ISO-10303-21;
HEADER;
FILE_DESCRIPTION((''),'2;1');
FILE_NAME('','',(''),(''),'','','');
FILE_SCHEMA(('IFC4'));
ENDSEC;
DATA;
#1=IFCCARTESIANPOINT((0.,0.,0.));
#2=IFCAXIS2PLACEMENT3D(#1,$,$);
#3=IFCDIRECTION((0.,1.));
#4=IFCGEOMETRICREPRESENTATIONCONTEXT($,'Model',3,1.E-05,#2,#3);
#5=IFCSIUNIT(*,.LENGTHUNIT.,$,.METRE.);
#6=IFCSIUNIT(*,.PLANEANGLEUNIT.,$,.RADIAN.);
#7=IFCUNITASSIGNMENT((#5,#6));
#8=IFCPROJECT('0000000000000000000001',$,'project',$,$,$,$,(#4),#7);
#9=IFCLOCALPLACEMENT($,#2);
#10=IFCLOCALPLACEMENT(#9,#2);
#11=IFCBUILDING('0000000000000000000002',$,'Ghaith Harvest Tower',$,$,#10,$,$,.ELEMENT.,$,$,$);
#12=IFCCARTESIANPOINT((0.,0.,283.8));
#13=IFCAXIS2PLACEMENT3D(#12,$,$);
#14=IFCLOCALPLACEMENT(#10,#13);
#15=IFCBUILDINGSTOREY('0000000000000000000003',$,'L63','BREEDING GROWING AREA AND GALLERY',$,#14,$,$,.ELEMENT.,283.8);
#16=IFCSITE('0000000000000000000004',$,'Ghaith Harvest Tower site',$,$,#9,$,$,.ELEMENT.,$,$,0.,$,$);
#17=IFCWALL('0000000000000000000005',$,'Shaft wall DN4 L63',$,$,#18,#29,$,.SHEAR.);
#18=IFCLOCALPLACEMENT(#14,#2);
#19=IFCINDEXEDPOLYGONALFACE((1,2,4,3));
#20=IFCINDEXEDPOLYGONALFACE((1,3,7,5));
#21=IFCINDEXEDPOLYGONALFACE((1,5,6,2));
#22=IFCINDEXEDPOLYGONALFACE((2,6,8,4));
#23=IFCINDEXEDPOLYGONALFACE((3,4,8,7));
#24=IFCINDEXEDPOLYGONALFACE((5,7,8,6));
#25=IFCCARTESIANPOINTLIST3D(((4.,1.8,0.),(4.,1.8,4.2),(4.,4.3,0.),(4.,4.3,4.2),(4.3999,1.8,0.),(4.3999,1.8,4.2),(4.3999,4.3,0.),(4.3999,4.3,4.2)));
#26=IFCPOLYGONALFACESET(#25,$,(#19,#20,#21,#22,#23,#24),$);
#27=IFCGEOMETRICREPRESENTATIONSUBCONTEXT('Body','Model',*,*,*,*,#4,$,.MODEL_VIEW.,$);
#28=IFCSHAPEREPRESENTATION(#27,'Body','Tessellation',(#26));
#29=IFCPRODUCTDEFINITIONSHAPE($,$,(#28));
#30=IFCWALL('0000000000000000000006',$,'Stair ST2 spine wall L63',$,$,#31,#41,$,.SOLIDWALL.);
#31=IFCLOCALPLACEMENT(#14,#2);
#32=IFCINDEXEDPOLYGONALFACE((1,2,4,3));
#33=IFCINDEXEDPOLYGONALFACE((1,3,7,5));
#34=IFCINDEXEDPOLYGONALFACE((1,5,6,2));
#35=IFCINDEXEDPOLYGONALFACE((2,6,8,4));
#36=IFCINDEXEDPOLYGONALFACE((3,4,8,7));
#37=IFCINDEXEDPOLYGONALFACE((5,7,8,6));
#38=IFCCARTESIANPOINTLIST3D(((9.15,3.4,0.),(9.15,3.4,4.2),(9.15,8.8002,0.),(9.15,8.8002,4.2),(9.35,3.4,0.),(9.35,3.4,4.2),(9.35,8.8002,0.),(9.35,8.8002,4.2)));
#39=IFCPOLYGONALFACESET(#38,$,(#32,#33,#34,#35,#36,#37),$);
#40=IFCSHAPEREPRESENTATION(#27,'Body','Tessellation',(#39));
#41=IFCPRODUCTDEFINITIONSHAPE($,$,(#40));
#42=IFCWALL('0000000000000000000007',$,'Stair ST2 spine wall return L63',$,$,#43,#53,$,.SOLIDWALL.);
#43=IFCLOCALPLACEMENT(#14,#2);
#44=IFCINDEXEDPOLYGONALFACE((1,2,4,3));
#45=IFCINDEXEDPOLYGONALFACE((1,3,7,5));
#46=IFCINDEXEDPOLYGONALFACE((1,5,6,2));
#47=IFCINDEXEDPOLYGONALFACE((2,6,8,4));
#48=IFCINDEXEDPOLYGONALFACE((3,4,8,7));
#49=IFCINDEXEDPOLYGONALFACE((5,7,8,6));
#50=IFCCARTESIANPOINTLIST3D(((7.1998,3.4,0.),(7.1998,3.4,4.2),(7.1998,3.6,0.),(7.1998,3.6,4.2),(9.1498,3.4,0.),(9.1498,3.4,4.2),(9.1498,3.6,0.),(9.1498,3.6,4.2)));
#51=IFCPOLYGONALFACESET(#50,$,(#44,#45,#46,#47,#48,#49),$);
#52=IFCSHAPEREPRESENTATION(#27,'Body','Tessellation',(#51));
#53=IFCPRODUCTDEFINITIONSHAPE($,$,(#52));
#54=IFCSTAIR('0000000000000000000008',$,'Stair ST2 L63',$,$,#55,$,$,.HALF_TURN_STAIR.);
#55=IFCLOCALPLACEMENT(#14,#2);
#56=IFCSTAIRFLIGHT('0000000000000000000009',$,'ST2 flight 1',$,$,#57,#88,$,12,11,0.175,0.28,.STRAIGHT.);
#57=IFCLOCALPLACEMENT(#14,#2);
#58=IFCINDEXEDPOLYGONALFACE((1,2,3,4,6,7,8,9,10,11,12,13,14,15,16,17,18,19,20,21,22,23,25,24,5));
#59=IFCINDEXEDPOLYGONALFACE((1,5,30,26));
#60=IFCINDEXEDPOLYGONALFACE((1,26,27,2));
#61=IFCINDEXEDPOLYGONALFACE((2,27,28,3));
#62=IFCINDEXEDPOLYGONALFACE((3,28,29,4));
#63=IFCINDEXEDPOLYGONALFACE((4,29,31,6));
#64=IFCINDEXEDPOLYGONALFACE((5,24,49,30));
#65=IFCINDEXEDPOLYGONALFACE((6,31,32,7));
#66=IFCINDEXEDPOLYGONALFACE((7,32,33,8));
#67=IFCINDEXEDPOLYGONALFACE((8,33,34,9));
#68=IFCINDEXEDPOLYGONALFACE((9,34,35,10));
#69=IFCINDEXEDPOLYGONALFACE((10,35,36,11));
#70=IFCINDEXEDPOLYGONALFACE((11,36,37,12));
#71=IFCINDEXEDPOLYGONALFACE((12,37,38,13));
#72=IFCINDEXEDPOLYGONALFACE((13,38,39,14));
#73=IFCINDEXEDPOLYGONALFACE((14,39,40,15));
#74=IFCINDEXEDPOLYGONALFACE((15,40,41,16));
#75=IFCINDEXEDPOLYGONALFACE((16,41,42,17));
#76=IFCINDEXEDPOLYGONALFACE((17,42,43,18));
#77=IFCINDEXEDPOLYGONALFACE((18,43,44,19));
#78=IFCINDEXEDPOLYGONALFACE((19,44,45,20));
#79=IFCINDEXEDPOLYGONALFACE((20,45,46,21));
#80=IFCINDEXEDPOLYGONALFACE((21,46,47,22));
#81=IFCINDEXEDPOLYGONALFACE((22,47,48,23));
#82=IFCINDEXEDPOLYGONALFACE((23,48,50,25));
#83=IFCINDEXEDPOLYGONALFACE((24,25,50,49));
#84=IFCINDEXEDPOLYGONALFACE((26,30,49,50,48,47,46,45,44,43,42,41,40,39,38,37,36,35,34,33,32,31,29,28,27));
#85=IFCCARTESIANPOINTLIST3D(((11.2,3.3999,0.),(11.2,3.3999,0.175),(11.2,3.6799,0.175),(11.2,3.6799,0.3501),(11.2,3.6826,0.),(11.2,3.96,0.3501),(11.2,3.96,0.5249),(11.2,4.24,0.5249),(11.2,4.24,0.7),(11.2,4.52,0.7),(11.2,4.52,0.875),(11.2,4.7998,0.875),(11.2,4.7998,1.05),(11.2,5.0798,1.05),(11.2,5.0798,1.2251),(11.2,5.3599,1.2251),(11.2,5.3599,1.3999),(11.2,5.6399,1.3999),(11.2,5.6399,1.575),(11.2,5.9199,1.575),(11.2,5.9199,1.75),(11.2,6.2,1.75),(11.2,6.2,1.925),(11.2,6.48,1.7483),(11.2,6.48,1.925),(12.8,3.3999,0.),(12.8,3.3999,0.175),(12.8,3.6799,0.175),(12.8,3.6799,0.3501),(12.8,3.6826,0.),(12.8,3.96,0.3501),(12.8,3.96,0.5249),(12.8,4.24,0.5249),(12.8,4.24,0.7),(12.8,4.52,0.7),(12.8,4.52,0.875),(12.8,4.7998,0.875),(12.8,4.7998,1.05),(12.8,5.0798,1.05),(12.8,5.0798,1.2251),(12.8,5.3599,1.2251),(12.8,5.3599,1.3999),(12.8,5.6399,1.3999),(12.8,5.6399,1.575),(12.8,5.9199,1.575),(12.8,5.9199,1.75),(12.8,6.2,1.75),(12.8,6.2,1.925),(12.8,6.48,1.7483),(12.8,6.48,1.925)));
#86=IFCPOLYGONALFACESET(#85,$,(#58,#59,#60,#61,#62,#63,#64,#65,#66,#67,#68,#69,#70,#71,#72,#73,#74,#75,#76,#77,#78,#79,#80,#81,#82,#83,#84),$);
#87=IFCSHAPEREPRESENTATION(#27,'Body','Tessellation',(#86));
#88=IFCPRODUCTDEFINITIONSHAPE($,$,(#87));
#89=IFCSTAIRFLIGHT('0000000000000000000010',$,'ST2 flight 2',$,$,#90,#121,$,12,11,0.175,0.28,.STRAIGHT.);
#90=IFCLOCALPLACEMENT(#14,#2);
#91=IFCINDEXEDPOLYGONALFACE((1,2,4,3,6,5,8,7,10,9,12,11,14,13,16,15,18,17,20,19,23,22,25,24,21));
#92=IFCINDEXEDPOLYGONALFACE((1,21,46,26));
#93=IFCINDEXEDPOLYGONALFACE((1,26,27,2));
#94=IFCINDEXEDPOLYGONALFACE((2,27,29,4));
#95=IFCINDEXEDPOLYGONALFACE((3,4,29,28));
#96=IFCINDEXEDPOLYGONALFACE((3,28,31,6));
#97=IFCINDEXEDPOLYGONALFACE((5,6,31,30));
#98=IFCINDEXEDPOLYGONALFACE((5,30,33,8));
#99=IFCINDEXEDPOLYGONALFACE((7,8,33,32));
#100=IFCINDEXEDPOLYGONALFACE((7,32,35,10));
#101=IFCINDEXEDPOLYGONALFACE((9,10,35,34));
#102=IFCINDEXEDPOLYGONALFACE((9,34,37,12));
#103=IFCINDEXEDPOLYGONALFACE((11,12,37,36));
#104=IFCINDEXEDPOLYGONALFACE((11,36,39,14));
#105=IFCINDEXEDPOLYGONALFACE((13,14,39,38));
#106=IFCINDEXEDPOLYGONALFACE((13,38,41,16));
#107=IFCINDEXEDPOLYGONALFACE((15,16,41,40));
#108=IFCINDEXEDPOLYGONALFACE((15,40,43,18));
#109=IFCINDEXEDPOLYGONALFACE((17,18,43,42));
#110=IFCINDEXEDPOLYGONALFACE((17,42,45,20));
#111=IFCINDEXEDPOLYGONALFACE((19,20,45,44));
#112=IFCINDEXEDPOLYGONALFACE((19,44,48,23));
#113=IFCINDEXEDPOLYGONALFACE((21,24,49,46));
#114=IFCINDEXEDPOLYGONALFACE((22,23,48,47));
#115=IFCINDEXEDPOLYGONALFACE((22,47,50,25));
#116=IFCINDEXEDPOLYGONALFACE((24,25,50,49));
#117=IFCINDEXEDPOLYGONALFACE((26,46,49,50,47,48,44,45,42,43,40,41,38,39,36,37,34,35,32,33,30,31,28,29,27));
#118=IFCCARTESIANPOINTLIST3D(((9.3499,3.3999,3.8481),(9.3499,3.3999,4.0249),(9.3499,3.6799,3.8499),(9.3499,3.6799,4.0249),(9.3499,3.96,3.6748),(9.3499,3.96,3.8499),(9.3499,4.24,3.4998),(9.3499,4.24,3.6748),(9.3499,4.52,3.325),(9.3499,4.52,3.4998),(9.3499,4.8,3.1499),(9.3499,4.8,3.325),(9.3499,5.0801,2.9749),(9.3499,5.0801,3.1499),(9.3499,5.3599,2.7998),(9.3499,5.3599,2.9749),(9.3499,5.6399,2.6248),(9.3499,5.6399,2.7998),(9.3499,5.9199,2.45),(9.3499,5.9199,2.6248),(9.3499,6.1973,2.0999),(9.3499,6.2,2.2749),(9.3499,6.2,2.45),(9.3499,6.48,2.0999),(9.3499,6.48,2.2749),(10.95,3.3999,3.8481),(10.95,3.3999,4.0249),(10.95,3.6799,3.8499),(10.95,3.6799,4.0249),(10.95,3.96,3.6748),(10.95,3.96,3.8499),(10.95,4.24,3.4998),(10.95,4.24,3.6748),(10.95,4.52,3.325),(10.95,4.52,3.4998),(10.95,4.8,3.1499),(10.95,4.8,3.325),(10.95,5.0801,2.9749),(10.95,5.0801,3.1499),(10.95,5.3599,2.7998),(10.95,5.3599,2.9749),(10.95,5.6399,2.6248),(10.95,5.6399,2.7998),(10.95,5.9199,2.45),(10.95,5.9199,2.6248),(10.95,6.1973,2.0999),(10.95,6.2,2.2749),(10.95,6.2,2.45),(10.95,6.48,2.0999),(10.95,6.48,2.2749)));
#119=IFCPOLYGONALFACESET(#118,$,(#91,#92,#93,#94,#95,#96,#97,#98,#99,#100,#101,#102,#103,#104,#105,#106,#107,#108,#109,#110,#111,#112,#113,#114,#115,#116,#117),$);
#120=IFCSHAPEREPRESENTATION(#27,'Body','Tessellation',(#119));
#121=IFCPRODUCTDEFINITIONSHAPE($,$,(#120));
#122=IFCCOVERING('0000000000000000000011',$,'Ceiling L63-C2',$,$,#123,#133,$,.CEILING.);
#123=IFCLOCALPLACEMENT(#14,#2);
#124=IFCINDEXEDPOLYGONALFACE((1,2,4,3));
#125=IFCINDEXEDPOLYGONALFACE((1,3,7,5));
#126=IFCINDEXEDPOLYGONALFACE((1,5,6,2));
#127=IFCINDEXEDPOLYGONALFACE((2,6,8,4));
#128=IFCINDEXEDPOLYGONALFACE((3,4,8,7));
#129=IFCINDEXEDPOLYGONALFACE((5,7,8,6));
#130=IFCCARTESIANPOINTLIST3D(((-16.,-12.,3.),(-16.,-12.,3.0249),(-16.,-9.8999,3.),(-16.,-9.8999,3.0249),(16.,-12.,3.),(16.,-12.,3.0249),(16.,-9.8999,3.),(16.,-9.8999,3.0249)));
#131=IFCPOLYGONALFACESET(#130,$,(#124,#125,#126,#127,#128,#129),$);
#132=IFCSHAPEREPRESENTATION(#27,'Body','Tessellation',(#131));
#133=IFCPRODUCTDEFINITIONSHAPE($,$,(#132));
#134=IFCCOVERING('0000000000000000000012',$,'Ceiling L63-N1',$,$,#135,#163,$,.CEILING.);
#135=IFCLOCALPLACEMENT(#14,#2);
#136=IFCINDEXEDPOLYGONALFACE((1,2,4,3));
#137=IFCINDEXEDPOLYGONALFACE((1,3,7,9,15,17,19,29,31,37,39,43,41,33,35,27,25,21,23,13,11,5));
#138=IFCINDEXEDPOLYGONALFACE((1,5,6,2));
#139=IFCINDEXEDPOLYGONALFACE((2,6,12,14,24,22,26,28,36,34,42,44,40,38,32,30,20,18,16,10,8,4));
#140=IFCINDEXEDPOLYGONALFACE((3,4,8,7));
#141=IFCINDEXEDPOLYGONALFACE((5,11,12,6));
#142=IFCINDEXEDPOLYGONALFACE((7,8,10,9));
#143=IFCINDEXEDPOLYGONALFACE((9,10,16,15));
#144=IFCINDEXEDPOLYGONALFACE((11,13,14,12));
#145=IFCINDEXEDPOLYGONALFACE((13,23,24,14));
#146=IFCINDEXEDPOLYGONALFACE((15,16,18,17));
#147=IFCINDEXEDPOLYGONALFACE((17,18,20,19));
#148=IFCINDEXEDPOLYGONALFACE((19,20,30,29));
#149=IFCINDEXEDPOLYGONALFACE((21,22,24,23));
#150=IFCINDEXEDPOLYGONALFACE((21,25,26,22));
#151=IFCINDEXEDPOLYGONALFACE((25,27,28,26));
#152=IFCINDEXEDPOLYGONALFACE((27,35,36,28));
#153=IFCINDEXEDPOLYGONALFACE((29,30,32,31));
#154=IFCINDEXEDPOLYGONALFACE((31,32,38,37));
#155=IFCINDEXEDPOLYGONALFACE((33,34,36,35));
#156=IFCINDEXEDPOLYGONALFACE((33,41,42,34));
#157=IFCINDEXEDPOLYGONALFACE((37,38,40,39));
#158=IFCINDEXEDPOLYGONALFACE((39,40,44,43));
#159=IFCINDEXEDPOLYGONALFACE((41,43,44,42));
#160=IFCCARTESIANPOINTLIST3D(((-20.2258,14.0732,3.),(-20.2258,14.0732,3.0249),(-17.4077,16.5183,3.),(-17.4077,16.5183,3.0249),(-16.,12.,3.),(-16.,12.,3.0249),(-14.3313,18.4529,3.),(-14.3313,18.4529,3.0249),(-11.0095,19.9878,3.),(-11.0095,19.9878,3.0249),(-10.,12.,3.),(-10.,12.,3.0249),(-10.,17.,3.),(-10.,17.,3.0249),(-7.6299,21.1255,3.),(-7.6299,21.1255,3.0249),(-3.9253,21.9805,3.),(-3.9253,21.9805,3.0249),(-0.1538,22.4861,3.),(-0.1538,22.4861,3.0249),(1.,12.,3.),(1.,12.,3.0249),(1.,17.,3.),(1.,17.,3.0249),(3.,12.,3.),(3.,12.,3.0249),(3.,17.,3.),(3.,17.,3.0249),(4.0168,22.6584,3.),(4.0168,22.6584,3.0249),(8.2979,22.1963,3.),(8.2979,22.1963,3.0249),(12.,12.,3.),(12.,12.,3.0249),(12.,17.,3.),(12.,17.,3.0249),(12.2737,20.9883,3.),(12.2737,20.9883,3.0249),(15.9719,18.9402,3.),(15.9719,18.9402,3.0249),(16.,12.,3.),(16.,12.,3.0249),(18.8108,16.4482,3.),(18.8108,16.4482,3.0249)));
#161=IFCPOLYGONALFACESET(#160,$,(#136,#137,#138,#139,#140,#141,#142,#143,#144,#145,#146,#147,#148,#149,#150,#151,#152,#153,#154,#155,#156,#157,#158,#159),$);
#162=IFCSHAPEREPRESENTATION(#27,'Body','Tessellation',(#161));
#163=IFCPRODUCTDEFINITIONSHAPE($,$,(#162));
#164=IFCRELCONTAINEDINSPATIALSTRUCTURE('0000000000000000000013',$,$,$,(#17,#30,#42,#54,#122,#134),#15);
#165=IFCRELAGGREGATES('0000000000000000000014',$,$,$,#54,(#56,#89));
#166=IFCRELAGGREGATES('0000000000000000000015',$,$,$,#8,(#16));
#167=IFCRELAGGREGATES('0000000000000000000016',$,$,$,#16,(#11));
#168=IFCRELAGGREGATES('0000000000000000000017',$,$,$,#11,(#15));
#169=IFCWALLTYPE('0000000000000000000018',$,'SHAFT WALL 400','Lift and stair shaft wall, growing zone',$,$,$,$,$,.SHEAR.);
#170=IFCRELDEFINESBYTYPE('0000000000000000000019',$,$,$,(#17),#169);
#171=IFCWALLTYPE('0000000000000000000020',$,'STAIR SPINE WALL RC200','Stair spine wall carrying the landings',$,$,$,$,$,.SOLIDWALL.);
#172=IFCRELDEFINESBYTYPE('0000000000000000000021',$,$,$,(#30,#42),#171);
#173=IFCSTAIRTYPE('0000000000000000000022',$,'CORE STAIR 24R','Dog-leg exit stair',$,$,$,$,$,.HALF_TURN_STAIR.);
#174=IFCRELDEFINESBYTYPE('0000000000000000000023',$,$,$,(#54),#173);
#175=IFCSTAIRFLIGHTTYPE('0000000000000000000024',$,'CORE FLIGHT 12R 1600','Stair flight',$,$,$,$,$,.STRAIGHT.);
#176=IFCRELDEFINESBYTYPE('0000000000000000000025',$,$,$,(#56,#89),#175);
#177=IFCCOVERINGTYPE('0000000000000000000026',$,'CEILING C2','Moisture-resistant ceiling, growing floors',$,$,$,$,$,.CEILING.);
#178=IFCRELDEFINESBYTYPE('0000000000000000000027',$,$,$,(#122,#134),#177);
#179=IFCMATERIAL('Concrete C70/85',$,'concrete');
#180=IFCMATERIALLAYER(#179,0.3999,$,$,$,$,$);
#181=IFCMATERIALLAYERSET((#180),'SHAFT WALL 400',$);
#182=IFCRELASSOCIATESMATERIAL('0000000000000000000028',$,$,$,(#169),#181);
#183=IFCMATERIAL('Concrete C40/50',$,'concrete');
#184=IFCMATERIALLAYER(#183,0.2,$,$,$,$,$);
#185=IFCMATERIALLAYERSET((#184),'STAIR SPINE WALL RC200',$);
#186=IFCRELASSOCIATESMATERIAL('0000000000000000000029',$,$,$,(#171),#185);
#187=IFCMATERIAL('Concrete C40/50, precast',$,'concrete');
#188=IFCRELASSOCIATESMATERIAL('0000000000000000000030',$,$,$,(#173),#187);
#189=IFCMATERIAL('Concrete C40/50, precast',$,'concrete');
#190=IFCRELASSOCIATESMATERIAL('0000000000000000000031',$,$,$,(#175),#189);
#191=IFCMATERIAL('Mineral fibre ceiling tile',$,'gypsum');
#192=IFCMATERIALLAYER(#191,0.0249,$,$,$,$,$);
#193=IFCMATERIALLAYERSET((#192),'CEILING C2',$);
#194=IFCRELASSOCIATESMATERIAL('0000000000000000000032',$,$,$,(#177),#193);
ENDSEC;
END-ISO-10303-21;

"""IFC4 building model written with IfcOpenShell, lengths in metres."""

from ifc_helpers import new_model, si_unit, direction, frame, frame_2d, origin, place, context, subcontext, project, spatial, polyline, rectangle, outline, extrude, material, layer, layer_set, type_object, element, aggregate, save


model = new_model("IFC4")

# Units and contexts
model_context = context("Model", 3, precision=1e-05, world=origin(), true_north=direction((0.0, 1.0)))
body_context = subcontext(model_context, "Body", "Model", "MODEL_VIEW")
ifc_project = project(units=[si_unit("LENGTHUNIT", "METRE"), si_unit("PLANEANGLEUNIT", "RADIAN")], contexts=[model_context])

# Site, building, storey
site_placement = place(None, origin())
site = spatial("IfcSite", under=ifc_project, at=site_placement, Name="Ghaith Harvest Tower site", CompositionType="ELEMENT", RefElevation=0.0)
building_placement = place(site_placement, origin())
building = spatial("IfcBuilding", under=site, at=building_placement, Name="Ghaith Harvest Tower", CompositionType="ELEMENT")
storey_placement = place(building_placement, frame((0.0, 0.0, 283.8)))
storey = spatial("IfcBuildingStorey", under=building, at=storey_placement, Name="L63", Description="BREEDING GROWING AREA AND GALLERY", CompositionType="ELEMENT", Elevation=283.8)

# Shared definitions
ifc_material_1 = material(Name="Concrete C70/85", Category="concrete")
ifc_layer_1 = layer(ifc_material_1, 0.3999)
ifc_layer_set_1 = layer_set([ifc_layer_1], Name="SHAFT WALL 400")
wall_type_1 = type_object("IfcWallType", Name="SHAFT WALL 400", Description="Lift and stair shaft wall, growing zone", PredefinedType="SHEAR", material=ifc_layer_set_1)

# Walls
wall_1_placement = place(storey_placement, frame((4.2, 1.8, 0.0), z_axis=(0.0, 0.0, 1.0), x_axis=(0.0, 1.0, 0.0)))
element("IfcWall", 1, at=wall_1_placement, inside=storey, type_object=wall_type_1, Name="Shaft wall DN4 L63", PredefinedType="SHEAR", context=body_context, shape_type="SweptSolid", body=[
    extrude(rectangle(XDim=2.5, YDim=0.3999, at=frame_2d((1.25, 0.0))), origin(), (0.0, 0.0, 1.0), 4.2),
])
ifc_material_2 = material(Name="Concrete C40/50", Category="concrete")
ifc_layer_2 = layer(ifc_material_2, 0.2)
ifc_layer_set_2 = layer_set([ifc_layer_2], Name="STAIR SPINE WALL RC200")
wall_type_2 = type_object("IfcWallType", Name="STAIR SPINE WALL RC200", Description="Stair spine wall carrying the landings", PredefinedType="SOLIDWALL", material=ifc_layer_set_2)
wall_2_placement = place(storey_placement, frame((9.25, 3.3999, 0.0), z_axis=(0.0, 0.0, 1.0), x_axis=(0.0, 1.0, 0.0)))
element("IfcWall", 2, at=wall_2_placement, inside=storey, type_object=wall_type_2, Name="Stair ST2 spine wall L63", PredefinedType="SOLIDWALL", context=body_context, shape_type="SweptSolid", body=[
    extrude(rectangle(XDim=5.4001, YDim=0.2, at=frame_2d((2.7002, 0.0))), origin(), (0.0, 0.0, 1.0), 4.2),
])
wall_3_placement = place(storey_placement, frame((9.1499, 3.5, 0.0), z_axis=(0.0, 0.0, 1.0), x_axis=(-1.0, 0.0, 0.0)))
element("IfcWall", 3, at=wall_3_placement, inside=storey, type_object=wall_type_2, Name="Stair ST2 spine wall return L63", PredefinedType="SOLIDWALL", context=body_context, shape_type="SweptSolid", body=[
    extrude(rectangle(XDim=1.95, YDim=0.2, at=frame_2d((0.9751, 0.0))), origin(), (0.0, 0.0, 1.0), 4.2),
])

# Stair, stair flights
ifc_material_3 = material(Name="Concrete C40/50, precast", Category="concrete")
stair_type = type_object("IfcStairType", Name="CORE STAIR 24R", Description="Dog-leg exit stair", PredefinedType="HALF_TURN_STAIR", material=ifc_material_3)
stair_placement = place(storey_placement, origin())
stair = element("IfcStair", 4, at=stair_placement, inside=storey, type_object=stair_type, Name="Stair ST2 L63", PredefinedType="HALF_TURN_STAIR")
ifc_material_4 = material(Name="Concrete C40/50, precast", Category="concrete")
stair_flight_type = type_object("IfcStairFlightType", Name="CORE FLIGHT 12R 1600", Description="Stair flight", PredefinedType="STRAIGHT", material=ifc_material_4)
stair_flight_1_placement = place(storey_placement, frame((12.0, 3.3999, 0.0), z_axis=(0.0, 0.0, 1.0), x_axis=(0.0, 1.0, 0.0)))
stair_flight_1 = element("IfcStairFlight", 5, at=stair_flight_1_placement, type_object=stair_flight_type, Name="ST2 flight 1", NumberOfRisers=12, NumberOfTreads=11, PredefinedType="STRAIGHT", RiserHeight=0.175, TreadLength=0.28, context=body_context, shape_type="SweptSolid", body=[
    extrude(outline(polyline([(0.0, 0.0), (0.0, 0.175), (0.28, 0.175), (0.28, 0.3501), (0.5601, 0.3501), (0.5601, 0.5249), (0.8401, 0.5249), (0.8401, 0.7), (1.1201, 0.7), (1.1201, 0.875), (1.3999, 0.875), (1.3999, 1.05), (1.6799, 1.05), (1.6799, 1.2251), (1.96, 1.2251), (1.96, 1.3999), (2.24, 1.3999), (2.24, 1.575), (2.52, 1.575), (2.52, 1.75), (2.8, 1.75), (2.8, 1.925), (3.0801, 1.925), (3.0801, 2.1001), (3.0801, 1.7483), (0.2827, 0.0), (0.0, 0.0)])), frame((0.0, 0.8, 0.0), z_axis=(0.0, -1.0, 0.0), x_axis=(1.0, 0.0, 0.0)), (0.0, 0.0, 1.0), 1.6001),
])
stair_flight_2_placement = place(storey_placement, frame((10.1499, 6.48, 2.0999), z_axis=(0.0, 0.0, 1.0), x_axis=(0.0, -1.0, 0.0)))
stair_flight_2 = element("IfcStairFlight", 6, at=stair_flight_2_placement, type_object=stair_flight_type, Name="ST2 flight 2", NumberOfRisers=12, NumberOfTreads=11, PredefinedType="STRAIGHT", RiserHeight=0.175, TreadLength=0.28, context=body_context, shape_type="SweptSolid", body=[
    extrude(outline(polyline([(0.0, 0.0), (0.0, 0.175), (0.28, 0.175), (0.28, 0.3501), (0.5601, 0.3501), (0.5601, 0.5249), (0.8401, 0.5249), (0.8401, 0.7), (1.1201, 0.7), (1.1201, 0.875), (1.3999, 0.875), (1.3999, 1.05), (1.6799, 1.05), (1.6799, 1.2251), (1.96, 1.2251), (1.96, 1.3999), (2.24, 1.3999), (2.24, 1.575), (2.52, 1.575), (2.52, 1.75), (2.8, 1.75), (2.8, 1.925), (3.0801, 1.925), (3.0801, 2.1001), (3.0801, 1.7483), (0.2827, 0.0), (0.0, 0.0)])), frame((0.0, 0.8, 0.0), z_axis=(0.0, -1.0, 0.0), x_axis=(1.0, 0.0, 0.0)), (0.0, 0.0, 1.0), 1.6001),
])
aggregate(stair, [stair_flight_1, stair_flight_2])

# Coverings
ifc_material_5 = material(Name="Mineral fibre ceiling tile", Category="gypsum")
ifc_layer_3 = layer(ifc_material_5, 0.0249)
ifc_layer_set_3 = layer_set([ifc_layer_3], Name="CEILING C2")
covering_type = type_object("IfcCoveringType", Name="CEILING C2", Description="Moisture-resistant ceiling, growing floors", PredefinedType="CEILING", material=ifc_layer_set_3)
covering_1_placement = place(storey_placement, frame((0.0, 0.0, 3.0)))
element("IfcCovering", 7, at=covering_1_placement, inside=storey, type_object=covering_type, Name="Ceiling L63-C2", PredefinedType="CEILING", context=body_context, shape_type="SweptSolid", body=[
    extrude(outline(polyline([(-16.0, -9.8999), (16.0, -9.8999), (16.0, -12.0), (-16.0, -12.0), (-16.0, -9.8999)])), origin(), (0.0, 0.0, 1.0), 0.0249),
])
covering_2_placement = place(storey_placement, frame((0.0, 0.0, 3.0)))
element("IfcCovering", 8, at=covering_2_placement, inside=storey, type_object=covering_type, Name="Ceiling L63-N1", PredefinedType="CEILING", context=body_context, shape_type="SweptSolid", body=[
    extrude(outline(polyline([(-17.4077, 16.5183), (-14.3313, 18.4529), (-11.0095, 19.9878), (-7.6299, 21.1255), (-3.9253, 21.9805), (-0.1538, 22.4861), (4.0168, 22.6584), (8.2979, 22.1963), (12.2737, 20.9883), (15.9719, 18.9402), (18.8108, 16.4482), (16.0, 12.0), (12.0, 12.0), (12.0, 17.0), (3.0, 17.0), (3.0, 12.0), (1.0, 12.0), (1.0, 17.0), (-10.0, 17.0), (-10.0, 12.0), (-16.0, 12.0), (-20.2258, 14.0732), (-17.4077, 16.5183)])), origin(), (0.0, 0.0, 1.0), 0.0249),
])

save(model, "model.ifc")
